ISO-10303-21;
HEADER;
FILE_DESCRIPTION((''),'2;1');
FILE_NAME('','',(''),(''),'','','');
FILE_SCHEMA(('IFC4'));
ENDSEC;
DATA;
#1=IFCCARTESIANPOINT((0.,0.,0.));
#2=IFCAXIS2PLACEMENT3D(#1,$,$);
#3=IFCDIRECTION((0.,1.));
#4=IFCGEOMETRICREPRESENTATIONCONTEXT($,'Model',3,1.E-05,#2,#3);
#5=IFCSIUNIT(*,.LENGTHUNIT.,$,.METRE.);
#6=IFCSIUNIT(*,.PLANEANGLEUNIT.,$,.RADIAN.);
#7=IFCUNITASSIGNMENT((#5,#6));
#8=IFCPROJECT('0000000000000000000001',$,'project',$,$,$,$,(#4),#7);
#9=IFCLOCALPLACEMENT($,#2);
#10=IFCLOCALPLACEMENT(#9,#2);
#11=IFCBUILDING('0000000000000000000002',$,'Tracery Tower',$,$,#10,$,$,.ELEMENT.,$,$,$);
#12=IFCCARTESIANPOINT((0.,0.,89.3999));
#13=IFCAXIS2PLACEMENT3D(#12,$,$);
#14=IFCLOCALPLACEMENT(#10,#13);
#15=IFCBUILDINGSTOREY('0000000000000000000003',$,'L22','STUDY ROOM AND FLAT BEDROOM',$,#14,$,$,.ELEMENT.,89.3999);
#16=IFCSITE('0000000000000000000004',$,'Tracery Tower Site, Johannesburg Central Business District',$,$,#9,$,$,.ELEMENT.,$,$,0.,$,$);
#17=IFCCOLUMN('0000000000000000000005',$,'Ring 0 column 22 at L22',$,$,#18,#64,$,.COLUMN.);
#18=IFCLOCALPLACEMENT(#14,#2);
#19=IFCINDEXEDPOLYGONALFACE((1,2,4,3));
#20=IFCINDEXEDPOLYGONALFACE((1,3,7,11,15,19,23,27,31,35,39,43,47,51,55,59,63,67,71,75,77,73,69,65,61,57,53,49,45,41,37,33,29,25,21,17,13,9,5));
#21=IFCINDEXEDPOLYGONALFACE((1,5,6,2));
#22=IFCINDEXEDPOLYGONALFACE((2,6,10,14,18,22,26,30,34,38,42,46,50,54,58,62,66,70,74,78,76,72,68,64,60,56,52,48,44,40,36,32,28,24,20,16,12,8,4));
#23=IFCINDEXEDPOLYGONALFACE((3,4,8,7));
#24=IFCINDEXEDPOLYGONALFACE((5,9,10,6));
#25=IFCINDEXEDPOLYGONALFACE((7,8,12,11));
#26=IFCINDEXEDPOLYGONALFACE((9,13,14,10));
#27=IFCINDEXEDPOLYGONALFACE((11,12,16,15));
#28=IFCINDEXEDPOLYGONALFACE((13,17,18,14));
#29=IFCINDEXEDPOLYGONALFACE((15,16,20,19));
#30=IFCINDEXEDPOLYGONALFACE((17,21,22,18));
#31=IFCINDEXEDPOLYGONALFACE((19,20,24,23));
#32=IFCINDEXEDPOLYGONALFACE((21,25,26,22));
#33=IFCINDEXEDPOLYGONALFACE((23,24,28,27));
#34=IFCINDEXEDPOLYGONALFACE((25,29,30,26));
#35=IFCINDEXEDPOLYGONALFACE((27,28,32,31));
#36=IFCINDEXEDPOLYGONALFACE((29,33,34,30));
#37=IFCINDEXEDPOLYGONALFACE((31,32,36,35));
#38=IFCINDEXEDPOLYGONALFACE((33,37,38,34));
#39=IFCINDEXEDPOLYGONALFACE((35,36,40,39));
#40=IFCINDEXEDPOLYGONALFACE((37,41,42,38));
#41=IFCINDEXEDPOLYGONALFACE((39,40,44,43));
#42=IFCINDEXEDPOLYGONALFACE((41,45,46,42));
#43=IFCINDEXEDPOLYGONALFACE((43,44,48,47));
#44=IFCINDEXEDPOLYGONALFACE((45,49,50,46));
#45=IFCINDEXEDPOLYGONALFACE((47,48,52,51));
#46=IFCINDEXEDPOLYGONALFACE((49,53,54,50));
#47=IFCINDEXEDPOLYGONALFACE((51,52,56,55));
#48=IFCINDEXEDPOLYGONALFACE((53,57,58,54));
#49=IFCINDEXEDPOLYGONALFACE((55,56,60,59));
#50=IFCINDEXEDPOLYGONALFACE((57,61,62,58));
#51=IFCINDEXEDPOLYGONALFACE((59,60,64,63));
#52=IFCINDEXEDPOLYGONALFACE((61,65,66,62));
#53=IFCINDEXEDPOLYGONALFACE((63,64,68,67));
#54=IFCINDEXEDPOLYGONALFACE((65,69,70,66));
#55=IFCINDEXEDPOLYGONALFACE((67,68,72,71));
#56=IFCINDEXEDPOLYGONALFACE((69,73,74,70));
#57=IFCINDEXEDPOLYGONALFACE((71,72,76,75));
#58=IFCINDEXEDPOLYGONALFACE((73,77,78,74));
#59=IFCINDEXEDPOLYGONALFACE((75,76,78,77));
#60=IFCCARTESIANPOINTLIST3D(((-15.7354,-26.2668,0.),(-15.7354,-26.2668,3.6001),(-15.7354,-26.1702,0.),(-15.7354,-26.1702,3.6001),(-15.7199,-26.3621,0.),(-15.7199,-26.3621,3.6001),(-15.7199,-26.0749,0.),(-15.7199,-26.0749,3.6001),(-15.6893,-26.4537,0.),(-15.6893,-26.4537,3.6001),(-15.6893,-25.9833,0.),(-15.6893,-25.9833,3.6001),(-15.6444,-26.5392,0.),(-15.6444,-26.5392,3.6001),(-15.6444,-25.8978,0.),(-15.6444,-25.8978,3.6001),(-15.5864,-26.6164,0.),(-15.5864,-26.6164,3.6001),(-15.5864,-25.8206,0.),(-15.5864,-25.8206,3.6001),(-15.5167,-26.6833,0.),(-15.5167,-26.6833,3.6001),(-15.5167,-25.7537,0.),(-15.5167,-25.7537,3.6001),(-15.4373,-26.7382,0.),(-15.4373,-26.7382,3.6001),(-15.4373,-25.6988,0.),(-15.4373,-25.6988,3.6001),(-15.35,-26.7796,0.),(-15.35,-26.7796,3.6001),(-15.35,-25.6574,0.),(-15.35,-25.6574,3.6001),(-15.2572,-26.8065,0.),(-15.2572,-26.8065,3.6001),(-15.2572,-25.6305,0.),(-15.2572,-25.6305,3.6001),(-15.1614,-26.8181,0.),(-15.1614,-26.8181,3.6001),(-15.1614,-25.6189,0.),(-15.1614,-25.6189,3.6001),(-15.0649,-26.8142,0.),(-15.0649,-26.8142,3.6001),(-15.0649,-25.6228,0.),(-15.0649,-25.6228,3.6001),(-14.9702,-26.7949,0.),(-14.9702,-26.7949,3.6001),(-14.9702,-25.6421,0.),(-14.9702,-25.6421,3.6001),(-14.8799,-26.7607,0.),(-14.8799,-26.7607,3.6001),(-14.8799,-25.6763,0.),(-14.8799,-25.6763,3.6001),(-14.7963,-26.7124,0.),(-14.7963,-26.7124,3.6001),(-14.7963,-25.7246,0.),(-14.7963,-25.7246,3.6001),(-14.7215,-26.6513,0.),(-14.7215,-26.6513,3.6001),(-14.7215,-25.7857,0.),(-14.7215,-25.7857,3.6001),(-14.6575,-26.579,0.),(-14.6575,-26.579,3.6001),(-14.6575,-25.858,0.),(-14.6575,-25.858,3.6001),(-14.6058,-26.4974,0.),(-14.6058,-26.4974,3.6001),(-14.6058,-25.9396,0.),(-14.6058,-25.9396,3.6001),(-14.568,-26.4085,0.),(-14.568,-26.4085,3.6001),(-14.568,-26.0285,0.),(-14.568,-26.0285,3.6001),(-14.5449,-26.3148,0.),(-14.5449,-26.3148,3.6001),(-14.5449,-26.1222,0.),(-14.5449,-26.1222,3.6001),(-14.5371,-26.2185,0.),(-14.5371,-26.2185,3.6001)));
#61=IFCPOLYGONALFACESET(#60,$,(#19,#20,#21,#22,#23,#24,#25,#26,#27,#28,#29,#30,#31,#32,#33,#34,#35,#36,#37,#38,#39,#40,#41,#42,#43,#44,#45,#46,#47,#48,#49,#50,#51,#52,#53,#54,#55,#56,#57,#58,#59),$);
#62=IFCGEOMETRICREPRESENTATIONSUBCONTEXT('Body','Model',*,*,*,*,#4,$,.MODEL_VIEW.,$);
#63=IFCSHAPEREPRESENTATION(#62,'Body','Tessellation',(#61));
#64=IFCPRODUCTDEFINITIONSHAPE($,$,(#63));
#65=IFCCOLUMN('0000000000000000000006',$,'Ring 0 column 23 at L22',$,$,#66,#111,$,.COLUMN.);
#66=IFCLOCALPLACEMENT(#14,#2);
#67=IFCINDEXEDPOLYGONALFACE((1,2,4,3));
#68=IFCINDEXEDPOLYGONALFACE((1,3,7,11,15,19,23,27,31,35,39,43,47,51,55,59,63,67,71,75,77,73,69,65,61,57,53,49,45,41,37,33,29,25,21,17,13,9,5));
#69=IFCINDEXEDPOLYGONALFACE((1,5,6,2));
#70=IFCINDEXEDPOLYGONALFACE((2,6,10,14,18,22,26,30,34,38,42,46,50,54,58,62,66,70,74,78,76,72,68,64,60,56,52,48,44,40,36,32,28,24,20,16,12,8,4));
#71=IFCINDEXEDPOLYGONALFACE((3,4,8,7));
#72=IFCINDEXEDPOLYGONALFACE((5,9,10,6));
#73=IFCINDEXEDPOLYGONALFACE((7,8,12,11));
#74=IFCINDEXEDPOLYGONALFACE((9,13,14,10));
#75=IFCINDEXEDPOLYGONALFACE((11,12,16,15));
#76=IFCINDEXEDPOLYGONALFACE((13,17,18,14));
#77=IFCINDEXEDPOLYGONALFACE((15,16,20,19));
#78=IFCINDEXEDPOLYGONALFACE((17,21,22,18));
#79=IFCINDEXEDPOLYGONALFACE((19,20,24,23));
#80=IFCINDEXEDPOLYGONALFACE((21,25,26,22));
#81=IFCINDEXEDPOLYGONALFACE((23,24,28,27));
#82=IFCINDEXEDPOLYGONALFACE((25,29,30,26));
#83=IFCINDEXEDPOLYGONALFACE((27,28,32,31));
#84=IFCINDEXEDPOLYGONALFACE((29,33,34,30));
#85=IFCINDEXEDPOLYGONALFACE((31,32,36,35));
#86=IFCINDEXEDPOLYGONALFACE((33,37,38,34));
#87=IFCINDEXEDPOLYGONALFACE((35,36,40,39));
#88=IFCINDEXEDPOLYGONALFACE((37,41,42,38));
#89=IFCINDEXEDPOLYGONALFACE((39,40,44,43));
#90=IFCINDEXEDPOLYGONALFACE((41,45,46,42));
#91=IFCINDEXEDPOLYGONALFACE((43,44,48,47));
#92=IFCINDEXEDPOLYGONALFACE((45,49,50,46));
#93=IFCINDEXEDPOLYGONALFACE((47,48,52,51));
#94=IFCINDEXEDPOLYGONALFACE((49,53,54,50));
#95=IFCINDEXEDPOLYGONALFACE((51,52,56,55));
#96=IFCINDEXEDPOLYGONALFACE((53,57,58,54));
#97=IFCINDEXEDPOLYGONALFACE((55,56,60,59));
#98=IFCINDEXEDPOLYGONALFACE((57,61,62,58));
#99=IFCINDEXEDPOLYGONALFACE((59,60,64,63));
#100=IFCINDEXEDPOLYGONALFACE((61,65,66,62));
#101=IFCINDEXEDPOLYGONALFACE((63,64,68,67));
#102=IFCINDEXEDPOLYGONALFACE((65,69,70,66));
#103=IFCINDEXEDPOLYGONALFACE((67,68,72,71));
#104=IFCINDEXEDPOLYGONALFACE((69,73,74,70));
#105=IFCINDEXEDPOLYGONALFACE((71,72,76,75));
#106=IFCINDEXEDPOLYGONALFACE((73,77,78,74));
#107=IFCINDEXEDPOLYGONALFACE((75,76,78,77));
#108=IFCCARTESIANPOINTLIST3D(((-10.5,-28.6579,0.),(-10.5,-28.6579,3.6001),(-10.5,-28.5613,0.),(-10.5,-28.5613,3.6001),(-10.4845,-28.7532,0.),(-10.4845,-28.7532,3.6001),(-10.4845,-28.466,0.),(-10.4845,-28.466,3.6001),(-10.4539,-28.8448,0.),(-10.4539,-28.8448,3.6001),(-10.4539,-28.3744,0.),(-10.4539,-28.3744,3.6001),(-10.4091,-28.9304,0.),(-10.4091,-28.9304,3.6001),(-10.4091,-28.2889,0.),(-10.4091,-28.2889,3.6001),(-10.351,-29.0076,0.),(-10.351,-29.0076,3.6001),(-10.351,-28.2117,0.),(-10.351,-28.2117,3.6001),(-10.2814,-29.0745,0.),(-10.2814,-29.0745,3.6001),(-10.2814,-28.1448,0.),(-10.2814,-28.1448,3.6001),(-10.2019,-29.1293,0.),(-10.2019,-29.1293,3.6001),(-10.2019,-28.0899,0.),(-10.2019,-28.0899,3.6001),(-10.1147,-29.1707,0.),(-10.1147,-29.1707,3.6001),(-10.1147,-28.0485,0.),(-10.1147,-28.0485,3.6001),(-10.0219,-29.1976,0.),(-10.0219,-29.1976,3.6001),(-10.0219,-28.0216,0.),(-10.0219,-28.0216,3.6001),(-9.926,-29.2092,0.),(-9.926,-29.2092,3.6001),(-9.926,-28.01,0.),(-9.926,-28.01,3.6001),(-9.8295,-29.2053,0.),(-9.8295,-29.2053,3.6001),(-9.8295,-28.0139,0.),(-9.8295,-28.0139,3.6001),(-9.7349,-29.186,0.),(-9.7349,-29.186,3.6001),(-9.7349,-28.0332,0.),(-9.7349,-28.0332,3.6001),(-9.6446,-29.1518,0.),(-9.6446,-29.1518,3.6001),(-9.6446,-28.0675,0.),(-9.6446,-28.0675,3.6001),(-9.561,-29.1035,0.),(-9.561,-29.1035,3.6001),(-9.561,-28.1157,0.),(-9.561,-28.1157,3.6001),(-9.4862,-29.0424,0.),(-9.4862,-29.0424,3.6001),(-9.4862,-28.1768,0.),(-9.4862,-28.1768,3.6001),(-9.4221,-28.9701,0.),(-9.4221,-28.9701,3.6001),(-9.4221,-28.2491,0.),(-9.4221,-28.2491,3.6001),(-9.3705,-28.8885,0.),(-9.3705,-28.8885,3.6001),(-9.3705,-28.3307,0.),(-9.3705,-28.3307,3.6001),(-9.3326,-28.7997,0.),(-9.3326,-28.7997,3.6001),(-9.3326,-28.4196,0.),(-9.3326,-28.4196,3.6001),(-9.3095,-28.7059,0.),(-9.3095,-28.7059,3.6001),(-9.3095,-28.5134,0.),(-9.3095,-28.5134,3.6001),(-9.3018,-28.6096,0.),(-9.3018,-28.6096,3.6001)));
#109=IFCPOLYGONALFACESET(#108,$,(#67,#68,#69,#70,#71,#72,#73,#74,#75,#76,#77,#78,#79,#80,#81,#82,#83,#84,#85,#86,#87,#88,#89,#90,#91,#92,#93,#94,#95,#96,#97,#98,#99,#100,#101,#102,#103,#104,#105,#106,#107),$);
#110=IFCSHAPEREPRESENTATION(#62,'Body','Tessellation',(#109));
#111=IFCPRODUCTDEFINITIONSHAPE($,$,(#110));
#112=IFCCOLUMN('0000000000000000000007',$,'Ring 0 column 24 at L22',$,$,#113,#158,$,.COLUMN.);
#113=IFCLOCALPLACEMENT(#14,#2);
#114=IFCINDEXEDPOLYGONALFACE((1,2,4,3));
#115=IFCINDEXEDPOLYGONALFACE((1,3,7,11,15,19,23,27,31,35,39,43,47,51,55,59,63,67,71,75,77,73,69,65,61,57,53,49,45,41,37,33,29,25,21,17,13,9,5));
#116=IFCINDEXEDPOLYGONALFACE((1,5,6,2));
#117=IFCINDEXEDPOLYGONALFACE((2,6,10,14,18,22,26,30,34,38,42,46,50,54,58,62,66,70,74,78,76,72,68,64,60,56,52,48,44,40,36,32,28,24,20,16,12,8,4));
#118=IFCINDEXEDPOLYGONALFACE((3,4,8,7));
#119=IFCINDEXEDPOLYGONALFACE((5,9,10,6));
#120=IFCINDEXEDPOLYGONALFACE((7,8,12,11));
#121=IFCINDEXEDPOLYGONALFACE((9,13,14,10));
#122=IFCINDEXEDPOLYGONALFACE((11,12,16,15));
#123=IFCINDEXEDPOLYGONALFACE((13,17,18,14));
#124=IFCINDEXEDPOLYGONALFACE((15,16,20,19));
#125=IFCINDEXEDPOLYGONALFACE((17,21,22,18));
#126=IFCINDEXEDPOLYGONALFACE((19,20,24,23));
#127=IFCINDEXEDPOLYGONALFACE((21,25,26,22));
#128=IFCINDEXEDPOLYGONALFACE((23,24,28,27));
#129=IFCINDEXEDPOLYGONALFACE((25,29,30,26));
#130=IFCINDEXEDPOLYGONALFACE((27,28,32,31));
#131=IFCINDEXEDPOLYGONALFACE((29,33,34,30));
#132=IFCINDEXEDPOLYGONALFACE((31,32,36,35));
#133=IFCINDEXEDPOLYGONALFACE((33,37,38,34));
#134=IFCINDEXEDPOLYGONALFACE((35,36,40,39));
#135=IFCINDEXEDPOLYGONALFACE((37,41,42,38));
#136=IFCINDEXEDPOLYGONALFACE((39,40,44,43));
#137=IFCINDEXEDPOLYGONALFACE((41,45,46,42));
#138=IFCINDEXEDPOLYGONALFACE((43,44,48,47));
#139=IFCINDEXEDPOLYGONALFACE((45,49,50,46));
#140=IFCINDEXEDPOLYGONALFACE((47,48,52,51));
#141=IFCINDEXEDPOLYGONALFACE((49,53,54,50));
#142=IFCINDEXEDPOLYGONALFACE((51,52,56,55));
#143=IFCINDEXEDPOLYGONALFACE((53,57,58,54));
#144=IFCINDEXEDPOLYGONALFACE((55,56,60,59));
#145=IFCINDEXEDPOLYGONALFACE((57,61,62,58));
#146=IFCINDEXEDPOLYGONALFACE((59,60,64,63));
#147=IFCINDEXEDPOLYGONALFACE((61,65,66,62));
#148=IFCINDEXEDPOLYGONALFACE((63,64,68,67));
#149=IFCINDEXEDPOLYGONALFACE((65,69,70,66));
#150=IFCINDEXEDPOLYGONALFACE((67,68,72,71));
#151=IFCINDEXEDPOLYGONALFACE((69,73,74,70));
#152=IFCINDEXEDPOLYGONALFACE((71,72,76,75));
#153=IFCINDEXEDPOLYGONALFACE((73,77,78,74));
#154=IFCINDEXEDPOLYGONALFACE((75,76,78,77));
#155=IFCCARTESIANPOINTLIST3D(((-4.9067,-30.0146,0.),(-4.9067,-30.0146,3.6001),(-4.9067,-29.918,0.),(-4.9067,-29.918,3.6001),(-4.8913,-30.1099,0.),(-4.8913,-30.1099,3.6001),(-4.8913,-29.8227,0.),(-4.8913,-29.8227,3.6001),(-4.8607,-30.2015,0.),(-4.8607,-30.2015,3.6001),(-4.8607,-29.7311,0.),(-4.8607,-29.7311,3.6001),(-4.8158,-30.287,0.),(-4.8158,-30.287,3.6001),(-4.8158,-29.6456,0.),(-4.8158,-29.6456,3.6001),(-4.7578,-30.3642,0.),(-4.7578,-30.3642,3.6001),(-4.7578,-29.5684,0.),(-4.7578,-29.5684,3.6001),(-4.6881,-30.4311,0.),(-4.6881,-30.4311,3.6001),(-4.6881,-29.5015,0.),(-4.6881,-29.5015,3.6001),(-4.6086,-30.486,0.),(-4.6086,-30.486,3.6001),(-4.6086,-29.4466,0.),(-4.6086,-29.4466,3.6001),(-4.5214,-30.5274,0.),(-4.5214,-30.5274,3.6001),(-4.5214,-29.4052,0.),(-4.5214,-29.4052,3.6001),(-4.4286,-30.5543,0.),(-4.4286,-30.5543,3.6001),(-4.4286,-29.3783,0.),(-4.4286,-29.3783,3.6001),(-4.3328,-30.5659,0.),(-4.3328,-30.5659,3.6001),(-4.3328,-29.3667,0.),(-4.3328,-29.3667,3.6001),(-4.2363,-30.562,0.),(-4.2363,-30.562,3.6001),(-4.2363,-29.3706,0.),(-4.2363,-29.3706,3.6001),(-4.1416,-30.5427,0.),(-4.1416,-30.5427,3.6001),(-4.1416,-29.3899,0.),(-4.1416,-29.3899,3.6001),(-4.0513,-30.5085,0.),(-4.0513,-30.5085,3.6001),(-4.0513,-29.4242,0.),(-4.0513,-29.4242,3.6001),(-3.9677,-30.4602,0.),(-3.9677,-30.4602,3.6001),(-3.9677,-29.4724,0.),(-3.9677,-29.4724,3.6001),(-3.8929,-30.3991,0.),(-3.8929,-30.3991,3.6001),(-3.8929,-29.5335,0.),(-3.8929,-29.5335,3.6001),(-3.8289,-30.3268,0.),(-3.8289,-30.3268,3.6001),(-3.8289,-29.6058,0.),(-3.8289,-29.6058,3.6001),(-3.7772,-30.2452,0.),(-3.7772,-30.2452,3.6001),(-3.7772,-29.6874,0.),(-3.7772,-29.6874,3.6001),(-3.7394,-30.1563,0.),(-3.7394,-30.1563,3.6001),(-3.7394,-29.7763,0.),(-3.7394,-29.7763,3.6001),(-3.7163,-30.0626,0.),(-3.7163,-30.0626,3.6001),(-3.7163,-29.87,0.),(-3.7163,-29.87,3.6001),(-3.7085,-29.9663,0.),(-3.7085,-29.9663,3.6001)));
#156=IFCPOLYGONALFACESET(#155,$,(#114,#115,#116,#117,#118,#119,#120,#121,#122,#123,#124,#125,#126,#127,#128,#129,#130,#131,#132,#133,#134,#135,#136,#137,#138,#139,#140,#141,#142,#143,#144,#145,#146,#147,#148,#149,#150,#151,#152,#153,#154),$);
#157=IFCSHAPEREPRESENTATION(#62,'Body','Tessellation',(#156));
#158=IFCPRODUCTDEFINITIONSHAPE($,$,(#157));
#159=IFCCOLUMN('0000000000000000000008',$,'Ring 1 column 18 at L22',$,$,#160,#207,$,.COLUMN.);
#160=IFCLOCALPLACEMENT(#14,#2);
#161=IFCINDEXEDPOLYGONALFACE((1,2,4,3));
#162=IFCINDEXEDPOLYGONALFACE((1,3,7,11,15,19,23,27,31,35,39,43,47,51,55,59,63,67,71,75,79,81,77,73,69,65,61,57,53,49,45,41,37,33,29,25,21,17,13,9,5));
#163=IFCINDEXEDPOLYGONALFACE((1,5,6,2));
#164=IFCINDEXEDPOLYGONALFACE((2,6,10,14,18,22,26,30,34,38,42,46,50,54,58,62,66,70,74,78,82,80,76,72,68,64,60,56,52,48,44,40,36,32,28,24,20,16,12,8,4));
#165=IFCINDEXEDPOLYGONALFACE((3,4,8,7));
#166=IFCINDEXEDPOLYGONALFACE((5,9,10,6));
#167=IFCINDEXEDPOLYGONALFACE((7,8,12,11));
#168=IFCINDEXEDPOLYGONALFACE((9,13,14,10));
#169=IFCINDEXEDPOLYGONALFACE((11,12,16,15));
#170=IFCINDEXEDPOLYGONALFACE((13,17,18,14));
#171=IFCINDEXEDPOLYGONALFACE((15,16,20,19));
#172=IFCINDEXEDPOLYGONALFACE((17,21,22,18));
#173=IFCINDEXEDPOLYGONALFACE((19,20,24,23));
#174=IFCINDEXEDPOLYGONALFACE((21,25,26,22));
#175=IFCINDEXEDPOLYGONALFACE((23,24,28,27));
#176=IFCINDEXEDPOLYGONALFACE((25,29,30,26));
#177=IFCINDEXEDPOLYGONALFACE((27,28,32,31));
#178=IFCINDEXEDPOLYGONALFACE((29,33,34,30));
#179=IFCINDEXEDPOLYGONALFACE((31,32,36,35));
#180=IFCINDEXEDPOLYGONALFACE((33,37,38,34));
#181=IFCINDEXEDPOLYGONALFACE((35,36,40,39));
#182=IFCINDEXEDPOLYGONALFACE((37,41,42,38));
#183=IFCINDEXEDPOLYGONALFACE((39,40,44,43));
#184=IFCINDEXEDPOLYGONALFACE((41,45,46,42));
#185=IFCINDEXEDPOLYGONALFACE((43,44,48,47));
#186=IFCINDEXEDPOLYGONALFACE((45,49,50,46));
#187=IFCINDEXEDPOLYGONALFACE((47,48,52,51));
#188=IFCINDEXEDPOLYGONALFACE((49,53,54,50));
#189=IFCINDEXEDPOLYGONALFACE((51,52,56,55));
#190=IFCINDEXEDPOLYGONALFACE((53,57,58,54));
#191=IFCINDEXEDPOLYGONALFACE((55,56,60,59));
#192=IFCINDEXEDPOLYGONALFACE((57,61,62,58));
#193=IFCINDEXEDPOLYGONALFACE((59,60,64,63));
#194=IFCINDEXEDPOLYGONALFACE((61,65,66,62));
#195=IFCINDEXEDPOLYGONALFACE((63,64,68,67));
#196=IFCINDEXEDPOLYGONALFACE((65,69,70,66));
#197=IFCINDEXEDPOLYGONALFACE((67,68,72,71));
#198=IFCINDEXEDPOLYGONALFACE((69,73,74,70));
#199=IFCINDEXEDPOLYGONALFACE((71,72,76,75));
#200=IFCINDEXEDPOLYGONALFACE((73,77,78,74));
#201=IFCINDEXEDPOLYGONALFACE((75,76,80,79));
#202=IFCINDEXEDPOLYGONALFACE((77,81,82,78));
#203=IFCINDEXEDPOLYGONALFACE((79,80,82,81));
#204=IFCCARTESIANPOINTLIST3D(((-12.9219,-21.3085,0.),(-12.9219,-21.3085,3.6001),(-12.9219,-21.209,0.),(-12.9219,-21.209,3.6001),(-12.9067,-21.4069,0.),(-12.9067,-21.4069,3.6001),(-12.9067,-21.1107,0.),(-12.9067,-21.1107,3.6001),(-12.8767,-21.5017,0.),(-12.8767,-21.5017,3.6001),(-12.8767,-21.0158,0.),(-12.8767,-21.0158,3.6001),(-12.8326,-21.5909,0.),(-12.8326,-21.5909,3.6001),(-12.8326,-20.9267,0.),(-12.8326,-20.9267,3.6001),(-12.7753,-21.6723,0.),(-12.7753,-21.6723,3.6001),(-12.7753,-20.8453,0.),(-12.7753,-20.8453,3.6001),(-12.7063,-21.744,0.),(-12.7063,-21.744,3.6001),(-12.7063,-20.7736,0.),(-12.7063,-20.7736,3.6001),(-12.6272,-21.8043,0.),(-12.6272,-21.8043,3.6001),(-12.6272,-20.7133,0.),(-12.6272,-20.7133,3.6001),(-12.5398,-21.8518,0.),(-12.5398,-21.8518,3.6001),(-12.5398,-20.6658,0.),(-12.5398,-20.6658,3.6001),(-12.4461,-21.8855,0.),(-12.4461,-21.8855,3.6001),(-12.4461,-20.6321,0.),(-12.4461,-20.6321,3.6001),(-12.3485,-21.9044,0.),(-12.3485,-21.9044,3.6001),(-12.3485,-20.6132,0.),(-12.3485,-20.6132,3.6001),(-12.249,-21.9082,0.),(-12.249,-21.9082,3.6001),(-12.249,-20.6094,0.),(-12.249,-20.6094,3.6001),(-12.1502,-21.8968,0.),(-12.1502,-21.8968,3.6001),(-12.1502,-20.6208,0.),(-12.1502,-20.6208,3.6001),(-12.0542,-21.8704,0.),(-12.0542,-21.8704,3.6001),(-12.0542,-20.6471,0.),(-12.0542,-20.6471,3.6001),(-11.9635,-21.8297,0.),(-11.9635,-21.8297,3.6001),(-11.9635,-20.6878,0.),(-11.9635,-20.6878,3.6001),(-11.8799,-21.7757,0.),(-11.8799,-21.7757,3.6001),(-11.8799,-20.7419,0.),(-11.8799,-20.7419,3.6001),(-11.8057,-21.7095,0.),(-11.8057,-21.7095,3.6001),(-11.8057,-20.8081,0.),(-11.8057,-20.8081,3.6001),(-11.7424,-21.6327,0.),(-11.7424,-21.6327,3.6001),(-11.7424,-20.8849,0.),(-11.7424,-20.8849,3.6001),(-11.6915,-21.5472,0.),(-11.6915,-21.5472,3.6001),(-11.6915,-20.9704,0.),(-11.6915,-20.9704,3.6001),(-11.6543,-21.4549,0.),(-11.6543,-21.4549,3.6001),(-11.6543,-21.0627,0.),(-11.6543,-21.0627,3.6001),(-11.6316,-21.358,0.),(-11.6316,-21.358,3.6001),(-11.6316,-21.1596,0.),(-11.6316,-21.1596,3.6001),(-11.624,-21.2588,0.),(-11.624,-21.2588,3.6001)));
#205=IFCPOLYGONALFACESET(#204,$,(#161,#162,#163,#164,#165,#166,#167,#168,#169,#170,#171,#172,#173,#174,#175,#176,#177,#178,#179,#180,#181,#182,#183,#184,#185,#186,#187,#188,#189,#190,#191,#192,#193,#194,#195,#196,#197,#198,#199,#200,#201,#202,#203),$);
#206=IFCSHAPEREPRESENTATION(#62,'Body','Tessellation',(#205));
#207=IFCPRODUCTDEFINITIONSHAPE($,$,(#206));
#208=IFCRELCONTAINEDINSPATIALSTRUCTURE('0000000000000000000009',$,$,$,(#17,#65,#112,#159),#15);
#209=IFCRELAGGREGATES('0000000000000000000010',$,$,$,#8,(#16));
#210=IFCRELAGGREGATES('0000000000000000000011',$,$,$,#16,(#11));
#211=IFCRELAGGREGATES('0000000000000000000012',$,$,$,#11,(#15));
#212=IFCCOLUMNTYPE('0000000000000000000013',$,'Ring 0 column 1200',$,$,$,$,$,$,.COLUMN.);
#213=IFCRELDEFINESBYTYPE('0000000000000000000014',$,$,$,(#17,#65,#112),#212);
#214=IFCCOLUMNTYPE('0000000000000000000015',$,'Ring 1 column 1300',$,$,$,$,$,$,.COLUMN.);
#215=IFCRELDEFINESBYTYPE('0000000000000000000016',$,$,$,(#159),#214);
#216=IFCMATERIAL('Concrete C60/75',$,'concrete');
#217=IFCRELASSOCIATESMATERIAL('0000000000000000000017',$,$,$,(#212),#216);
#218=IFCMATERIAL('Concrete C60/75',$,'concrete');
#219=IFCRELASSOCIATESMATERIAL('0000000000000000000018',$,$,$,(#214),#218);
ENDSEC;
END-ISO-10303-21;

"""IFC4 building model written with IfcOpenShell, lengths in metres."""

from ifc_helpers import new_model, si_unit, direction, frame, origin, origin_2d, place, context, subcontext, project, spatial, circle, extrude, material, material_profile, profile_set, type_object, element, save


model = new_model("IFC4")

# Units and contexts
model_context = context("Model", 3, precision=1e-05, world=origin(), true_north=direction((0.0, 1.0)))
body_context = subcontext(model_context, "Body", "Model", "MODEL_VIEW")
ifc_project = project(units=[si_unit("LENGTHUNIT", "METRE"), si_unit("PLANEANGLEUNIT", "RADIAN")], contexts=[model_context])

# Site, building, storey
site_placement = place(None, origin())
site = spatial("IfcSite", under=ifc_project, at=site_placement, Name="Tracery Tower Site, Johannesburg Central Business District", CompositionType="ELEMENT", RefElevation=0.0)
building_placement = place(site_placement, origin())
building = spatial("IfcBuilding", under=site, at=building_placement, Name="Tracery Tower", CompositionType="ELEMENT")
storey_placement = place(building_placement, frame((0.0, 0.0, 89.3999)))
storey = spatial("IfcBuildingStorey", under=building, at=storey_placement, Name="L22", Description="STUDY ROOM AND FLAT BEDROOM", CompositionType="ELEMENT", Elevation=89.3999)

# Columns
ifc_material_1 = material(Name="Concrete C60/75", Category="concrete")
ifc_material_profile_1 = material_profile(ifc_material_1, circle(Radius=0.6001, at=origin_2d()), Name="RC D1200")
ifc_profile_set_1 = profile_set([ifc_material_profile_1], Name="Concrete C60/75")
column_type_1 = type_object("IfcColumnType", Name="Ring 0 column 1200", PredefinedType="COLUMN", material=ifc_profile_set_1)
for number, where, z_axis, x_axis, name in (
    (1, (-15.1372, -26.2185, 0.0), (0.0, 0.0, 1.0), (1.0, 0.0, 0.0), "Ring 0 column 22 at L22"),
    (2, (-9.9019, -28.6096, 0.0), (0.0, 0.0, 1.0), (1.0, 0.0, 0.0), "Ring 0 column 23 at L22"),
    (3, (-4.3086, -29.9663, 0.0), (0.0, 0.0, 1.0), (1.0, 0.0, 0.0), "Ring 0 column 24 at L22"),
):
    element("IfcColumn", number, at=place(storey_placement, frame(where, z_axis=z_axis, x_axis=x_axis)), inside=storey, type_object=column_type_1, Name=name, PredefinedType="COLUMN", context=body_context, shape_type="SweptSolid", body=[
        extrude(circle(Radius=0.6001, at=origin_2d()), origin(), (0.0, 0.0, 1.0), 3.6001),
    ])
ifc_material_2 = material(Name="Concrete C60/75", Category="concrete")
ifc_material_profile_2 = material_profile(ifc_material_2, circle(Radius=0.6499, at=origin_2d()), Name="RC D1300")
ifc_profile_set_2 = profile_set([ifc_material_profile_2], Name="Concrete C60/75")
column_type_2 = type_object("IfcColumnType", Name="Ring 1 column 1300", PredefinedType="COLUMN", material=ifc_profile_set_2)
for number, where, z_axis, x_axis, name in (
    (4, (-12.2739, -21.2588, 0.0), (0.0, 0.0, 1.0), (1.0, 0.0, 0.0), "Ring 1 column 18 at L22"),
):
    element("IfcColumn", number, at=place(storey_placement, frame(where, z_axis=z_axis, x_axis=x_axis)), inside=storey, type_object=column_type_2, Name=name, PredefinedType="COLUMN", context=body_context, shape_type="SweptSolid", body=[
        extrude(circle(Radius=0.6499, at=origin_2d()), origin(), (0.0, 0.0, 1.0), 3.6001),
    ])

save(model, "model.ifc")
